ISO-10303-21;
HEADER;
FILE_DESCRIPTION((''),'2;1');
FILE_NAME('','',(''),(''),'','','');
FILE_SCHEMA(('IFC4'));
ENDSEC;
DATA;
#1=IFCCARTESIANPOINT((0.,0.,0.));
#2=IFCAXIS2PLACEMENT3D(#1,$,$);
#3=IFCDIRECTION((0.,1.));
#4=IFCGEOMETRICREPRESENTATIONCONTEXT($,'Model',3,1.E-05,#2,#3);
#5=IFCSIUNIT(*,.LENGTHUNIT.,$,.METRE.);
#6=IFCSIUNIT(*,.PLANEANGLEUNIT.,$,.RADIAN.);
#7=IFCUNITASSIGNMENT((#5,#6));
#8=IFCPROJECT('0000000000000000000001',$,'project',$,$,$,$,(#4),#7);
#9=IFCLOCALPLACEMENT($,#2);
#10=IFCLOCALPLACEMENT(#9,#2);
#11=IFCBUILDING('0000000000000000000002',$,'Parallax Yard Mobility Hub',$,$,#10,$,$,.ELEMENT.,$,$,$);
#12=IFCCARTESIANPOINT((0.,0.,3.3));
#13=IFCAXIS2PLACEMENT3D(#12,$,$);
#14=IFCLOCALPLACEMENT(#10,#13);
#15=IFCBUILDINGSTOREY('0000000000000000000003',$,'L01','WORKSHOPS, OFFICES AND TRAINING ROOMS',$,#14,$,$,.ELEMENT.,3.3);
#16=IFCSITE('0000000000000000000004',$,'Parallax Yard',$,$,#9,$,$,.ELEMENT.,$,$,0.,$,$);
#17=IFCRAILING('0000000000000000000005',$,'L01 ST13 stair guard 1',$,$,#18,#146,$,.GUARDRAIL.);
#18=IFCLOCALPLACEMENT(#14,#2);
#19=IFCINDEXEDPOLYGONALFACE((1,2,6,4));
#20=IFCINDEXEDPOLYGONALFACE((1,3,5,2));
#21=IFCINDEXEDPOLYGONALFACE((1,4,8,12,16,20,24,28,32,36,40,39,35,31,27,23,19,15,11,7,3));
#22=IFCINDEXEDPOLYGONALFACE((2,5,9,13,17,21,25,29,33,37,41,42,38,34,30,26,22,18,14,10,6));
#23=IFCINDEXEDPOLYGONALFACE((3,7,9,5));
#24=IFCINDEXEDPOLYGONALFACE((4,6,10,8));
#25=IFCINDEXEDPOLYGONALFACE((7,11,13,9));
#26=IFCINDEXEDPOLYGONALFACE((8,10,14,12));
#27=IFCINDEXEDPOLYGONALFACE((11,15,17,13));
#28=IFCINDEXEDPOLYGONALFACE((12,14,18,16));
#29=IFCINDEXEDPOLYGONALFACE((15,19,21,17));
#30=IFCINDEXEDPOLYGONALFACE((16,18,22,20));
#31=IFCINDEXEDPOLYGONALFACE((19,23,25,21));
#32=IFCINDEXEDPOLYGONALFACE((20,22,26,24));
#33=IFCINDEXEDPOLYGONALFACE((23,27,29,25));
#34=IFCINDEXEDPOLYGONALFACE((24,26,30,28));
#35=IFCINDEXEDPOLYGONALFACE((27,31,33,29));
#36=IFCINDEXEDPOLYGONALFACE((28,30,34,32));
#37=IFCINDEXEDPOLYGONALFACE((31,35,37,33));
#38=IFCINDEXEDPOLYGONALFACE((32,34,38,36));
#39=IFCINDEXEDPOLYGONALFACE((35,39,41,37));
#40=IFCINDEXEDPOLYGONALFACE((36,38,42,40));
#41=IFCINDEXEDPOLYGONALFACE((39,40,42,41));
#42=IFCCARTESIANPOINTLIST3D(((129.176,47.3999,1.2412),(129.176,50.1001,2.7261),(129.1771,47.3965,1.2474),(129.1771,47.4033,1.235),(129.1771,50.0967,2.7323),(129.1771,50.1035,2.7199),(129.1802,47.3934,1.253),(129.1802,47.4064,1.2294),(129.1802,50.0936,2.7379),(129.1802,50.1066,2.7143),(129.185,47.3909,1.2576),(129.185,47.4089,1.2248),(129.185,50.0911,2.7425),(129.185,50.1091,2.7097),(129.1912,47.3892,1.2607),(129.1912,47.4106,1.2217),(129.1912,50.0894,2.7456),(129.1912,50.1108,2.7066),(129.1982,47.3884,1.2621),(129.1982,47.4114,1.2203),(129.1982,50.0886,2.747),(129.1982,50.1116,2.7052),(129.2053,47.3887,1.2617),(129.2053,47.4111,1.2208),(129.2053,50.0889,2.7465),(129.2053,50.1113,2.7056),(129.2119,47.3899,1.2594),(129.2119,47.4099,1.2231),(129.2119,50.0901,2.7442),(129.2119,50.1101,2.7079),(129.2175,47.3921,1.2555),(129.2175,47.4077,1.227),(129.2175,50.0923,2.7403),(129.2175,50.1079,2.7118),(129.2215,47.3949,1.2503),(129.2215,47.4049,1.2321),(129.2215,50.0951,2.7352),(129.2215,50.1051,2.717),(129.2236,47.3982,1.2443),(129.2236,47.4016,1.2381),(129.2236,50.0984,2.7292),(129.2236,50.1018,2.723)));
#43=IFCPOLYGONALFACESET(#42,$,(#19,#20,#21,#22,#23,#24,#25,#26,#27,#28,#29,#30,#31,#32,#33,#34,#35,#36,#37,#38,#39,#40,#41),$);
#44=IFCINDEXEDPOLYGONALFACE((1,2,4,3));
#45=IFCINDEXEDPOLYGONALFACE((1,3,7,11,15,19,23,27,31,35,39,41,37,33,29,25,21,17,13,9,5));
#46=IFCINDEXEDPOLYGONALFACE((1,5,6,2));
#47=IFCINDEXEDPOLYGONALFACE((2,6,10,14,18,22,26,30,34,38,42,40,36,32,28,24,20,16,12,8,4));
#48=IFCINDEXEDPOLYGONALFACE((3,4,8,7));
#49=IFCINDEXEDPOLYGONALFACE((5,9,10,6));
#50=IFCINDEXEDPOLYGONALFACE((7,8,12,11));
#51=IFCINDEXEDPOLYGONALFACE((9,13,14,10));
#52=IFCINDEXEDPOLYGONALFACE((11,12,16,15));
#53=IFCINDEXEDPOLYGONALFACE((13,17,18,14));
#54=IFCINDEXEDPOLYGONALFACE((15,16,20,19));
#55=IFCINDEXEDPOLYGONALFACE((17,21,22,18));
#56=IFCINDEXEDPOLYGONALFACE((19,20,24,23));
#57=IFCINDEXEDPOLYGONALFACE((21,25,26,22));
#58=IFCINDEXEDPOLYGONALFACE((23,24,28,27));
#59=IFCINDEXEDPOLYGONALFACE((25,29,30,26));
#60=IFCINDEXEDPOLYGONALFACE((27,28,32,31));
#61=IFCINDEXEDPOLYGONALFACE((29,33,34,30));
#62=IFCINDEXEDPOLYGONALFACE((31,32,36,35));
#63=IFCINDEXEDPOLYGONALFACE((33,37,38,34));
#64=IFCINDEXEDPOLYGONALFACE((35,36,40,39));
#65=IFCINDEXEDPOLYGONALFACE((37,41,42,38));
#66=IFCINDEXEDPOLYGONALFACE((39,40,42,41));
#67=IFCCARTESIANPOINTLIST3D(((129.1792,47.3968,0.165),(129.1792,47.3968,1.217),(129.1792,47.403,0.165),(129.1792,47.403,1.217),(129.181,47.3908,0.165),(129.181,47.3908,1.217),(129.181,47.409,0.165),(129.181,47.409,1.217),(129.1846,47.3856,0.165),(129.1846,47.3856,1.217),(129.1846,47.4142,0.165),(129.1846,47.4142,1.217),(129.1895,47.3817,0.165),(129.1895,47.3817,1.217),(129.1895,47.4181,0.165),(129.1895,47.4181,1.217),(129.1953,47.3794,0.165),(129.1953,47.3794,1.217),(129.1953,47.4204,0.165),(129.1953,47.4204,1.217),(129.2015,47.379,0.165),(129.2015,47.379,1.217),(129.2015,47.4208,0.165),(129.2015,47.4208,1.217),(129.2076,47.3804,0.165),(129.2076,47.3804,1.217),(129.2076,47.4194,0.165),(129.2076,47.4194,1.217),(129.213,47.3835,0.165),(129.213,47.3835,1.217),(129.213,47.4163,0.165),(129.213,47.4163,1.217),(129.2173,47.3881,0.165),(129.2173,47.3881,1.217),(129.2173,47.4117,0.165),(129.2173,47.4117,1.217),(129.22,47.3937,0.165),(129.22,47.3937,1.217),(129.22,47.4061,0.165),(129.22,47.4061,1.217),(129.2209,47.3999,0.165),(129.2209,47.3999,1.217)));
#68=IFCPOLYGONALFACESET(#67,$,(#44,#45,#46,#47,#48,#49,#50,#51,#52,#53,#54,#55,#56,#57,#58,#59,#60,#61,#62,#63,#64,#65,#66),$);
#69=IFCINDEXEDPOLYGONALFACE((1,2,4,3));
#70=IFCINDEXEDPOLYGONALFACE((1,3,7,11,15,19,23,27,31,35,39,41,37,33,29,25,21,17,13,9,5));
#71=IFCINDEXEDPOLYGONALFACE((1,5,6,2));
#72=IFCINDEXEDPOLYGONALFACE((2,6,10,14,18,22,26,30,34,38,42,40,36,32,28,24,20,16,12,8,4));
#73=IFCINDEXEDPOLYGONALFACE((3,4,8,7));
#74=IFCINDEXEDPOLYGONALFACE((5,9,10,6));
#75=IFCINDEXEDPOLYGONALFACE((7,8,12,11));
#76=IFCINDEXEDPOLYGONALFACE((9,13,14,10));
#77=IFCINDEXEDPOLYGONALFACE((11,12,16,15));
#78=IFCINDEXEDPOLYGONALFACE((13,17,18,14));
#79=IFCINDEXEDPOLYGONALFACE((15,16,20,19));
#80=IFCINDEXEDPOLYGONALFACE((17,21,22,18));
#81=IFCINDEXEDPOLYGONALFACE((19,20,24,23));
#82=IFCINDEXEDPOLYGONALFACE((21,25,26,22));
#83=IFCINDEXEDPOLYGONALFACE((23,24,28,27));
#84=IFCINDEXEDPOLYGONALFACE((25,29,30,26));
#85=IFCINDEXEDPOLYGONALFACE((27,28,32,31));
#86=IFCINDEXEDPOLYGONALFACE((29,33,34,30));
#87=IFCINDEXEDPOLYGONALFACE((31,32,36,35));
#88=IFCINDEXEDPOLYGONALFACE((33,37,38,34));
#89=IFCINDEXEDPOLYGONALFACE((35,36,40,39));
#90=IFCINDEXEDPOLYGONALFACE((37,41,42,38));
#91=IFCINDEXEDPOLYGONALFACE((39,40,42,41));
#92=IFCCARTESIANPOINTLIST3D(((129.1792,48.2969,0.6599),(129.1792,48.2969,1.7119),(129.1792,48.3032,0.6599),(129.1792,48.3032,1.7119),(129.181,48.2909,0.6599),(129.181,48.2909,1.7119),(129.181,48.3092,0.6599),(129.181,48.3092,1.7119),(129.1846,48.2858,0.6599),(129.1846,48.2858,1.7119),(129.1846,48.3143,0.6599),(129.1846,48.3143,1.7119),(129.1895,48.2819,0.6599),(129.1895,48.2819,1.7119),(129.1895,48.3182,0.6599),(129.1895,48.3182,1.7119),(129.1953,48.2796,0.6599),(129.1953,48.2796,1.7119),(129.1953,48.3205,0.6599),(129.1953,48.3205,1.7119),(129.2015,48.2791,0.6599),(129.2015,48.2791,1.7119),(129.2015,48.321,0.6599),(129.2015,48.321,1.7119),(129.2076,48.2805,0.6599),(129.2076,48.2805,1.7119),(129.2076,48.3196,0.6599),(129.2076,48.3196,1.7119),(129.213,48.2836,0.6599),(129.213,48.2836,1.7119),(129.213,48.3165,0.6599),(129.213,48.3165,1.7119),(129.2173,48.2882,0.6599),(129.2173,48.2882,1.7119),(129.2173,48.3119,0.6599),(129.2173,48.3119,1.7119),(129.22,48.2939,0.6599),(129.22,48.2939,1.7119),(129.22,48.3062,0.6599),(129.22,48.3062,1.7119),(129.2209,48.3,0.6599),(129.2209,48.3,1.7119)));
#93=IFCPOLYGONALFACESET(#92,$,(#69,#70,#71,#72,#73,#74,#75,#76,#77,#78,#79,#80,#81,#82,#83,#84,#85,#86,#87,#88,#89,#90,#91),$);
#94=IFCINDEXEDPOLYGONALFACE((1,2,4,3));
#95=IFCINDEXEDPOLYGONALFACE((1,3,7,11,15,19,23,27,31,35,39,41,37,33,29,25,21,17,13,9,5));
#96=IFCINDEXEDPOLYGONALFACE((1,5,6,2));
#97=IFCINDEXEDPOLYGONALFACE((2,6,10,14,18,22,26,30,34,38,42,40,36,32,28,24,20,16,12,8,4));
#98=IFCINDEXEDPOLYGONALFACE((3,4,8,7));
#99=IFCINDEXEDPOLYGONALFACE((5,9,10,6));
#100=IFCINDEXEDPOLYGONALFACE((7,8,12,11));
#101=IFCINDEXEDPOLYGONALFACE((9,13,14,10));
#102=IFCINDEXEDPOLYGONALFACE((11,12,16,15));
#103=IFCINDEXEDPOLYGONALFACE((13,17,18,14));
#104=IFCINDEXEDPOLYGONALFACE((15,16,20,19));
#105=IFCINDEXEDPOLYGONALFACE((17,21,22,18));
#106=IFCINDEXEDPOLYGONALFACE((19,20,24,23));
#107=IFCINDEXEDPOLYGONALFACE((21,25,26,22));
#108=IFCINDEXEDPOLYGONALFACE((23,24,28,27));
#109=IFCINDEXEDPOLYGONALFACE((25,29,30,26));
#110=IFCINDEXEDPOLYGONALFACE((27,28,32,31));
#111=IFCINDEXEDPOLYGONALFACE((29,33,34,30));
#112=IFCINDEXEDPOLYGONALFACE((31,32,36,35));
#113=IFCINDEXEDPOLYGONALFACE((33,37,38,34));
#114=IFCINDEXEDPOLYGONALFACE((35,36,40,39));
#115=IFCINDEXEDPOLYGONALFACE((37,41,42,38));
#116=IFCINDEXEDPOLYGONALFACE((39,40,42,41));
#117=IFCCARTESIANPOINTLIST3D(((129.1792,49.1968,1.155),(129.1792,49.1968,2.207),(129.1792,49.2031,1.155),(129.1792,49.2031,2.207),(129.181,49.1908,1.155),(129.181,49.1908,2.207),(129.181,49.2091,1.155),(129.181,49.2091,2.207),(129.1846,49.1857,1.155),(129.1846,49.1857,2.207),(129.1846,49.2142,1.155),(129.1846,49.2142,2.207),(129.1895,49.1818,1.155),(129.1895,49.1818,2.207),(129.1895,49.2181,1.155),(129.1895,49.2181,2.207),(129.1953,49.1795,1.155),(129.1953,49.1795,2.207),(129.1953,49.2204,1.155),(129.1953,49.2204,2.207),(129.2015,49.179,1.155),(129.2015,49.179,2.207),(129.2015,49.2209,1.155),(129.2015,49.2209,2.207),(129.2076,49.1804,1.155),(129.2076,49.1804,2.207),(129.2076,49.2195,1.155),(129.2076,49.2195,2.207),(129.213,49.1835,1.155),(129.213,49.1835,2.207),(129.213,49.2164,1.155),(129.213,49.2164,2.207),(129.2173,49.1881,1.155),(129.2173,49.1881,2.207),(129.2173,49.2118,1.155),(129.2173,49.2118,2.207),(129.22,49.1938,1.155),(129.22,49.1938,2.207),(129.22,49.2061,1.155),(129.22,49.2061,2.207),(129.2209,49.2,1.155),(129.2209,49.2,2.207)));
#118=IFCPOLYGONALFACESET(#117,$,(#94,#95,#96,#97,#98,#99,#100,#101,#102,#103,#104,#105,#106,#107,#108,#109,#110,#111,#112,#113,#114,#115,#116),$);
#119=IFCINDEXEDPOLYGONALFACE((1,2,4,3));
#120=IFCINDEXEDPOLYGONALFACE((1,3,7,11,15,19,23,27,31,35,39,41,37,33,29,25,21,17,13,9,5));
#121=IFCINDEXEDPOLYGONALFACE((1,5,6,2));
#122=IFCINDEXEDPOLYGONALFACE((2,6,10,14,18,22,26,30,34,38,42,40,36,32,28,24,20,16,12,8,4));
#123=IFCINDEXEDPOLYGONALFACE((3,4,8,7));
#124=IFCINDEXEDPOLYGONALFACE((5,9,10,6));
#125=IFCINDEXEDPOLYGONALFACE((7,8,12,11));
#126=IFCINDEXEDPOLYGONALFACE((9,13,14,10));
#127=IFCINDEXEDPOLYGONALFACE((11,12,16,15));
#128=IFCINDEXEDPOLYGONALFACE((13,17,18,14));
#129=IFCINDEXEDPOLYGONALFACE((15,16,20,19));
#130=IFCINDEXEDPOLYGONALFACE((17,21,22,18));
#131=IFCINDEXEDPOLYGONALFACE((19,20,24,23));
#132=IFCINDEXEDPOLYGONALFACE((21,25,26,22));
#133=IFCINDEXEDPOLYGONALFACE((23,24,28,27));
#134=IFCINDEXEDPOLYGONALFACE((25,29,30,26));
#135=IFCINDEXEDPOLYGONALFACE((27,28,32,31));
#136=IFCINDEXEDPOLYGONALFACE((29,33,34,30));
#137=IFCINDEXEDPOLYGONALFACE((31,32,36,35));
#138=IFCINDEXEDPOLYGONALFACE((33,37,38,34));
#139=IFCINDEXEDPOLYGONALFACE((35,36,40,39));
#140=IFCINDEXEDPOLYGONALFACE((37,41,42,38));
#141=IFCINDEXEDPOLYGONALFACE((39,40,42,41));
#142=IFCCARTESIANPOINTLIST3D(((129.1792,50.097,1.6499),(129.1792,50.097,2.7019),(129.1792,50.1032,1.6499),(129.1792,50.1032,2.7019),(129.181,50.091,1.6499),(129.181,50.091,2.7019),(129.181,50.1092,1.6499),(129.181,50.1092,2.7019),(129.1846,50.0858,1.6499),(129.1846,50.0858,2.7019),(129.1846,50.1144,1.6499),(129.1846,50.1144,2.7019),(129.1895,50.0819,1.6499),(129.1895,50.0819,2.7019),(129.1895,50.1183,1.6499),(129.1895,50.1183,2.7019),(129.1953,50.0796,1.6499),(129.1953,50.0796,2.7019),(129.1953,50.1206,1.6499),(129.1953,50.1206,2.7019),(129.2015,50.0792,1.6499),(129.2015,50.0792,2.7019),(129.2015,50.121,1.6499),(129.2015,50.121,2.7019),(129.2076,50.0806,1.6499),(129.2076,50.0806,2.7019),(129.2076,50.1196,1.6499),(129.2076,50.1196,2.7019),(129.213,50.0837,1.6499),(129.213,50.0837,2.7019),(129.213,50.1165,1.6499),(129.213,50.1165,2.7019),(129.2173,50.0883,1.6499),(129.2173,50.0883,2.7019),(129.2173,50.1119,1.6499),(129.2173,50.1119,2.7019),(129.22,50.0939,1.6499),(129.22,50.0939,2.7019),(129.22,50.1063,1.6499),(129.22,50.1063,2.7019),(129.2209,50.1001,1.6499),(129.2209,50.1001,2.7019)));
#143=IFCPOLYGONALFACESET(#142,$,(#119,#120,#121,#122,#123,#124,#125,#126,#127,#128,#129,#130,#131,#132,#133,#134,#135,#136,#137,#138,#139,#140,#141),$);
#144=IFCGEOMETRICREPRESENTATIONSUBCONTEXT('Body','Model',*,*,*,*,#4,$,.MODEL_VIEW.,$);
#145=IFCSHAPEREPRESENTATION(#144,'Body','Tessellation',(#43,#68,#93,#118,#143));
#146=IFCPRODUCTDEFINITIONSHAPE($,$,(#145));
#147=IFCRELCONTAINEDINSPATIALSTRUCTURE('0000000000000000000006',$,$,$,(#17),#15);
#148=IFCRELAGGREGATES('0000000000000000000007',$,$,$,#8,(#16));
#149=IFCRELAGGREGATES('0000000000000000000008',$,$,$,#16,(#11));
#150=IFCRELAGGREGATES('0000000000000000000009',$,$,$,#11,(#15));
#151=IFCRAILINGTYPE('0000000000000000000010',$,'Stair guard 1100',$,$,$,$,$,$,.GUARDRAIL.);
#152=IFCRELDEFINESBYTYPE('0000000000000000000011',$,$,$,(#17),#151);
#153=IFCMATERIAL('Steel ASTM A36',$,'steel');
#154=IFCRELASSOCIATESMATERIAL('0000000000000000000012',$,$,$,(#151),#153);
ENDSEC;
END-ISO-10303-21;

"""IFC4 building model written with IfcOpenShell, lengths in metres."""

from ifc_helpers import new_model, si_unit, direction, frame, origin, origin_2d, place, context, subcontext, project, spatial, circle, extrude, material, type_object, element, save


model = new_model("IFC4")

# Units and contexts
model_context = context("Model", 3, precision=1e-05, world=origin(), true_north=direction((0.0, 1.0)))
body_context = subcontext(model_context, "Body", "Model", "MODEL_VIEW")
ifc_project = project(units=[si_unit("LENGTHUNIT", "METRE"), si_unit("PLANEANGLEUNIT", "RADIAN")], contexts=[model_context])

# Site, building, storey
site_placement = place(None, origin())
site = spatial("IfcSite", under=ifc_project, at=site_placement, Name="Parallax Yard", CompositionType="ELEMENT", RefElevation=0.0)
building_placement = place(site_placement, origin())
building = spatial("IfcBuilding", under=site, at=building_placement, Name="Parallax Yard Mobility Hub", CompositionType="ELEMENT")
storey_placement = place(building_placement, frame((0.0, 0.0, 3.3)))
storey = spatial("IfcBuildingStorey", under=building, at=storey_placement, Name="L01", Description="WORKSHOPS, OFFICES AND TRAINING ROOMS", CompositionType="ELEMENT", Elevation=3.3)

# Railing
ifc_material_1 = material(Name="Steel ASTM A36", Category="steel")
railing_type_1 = type_object("IfcRailingType", Name="Stair guard 1100", PredefinedType="GUARDRAIL", material=ifc_material_1)
railing_1_placement = place(storey_placement, frame((129.2, 47.3999, 0.165)))
element("IfcRailing", 1, at=railing_1_placement, inside=storey, type_object=railing_type_1, Name="L01 ST13 stair guard 1", PredefinedType="GUARDRAIL", context=body_context, shape_type="SweptSolid", body=[
    extrude(circle(Radius=0.0239, at=origin_2d()), frame((0.0, 0.0, 1.0762), z_axis=(0.0, 0.876249, 0.481858), x_axis=(-1.0, 0.0, 0.0)), (0.0, 0.0, 1.0), 3.0815),
    extrude(circle(Radius=0.021, at=origin_2d()), origin(), (0.0, 0.0, 1.0), 1.052),
    extrude(circle(Radius=0.021, at=origin_2d()), frame((0.0, 0.9001, 0.4949)), (0.0, 0.0, 1.0), 1.052),
    extrude(circle(Radius=0.021, at=origin_2d()), frame((0.0, 1.8, 0.99)), (0.0, 0.0, 1.0), 1.052),
    extrude(circle(Radius=0.021, at=origin_2d()), frame((0.0, 2.7002, 1.4849)), (0.0, 0.0, 1.0), 1.052),
])

save(model, "model.ifc")
